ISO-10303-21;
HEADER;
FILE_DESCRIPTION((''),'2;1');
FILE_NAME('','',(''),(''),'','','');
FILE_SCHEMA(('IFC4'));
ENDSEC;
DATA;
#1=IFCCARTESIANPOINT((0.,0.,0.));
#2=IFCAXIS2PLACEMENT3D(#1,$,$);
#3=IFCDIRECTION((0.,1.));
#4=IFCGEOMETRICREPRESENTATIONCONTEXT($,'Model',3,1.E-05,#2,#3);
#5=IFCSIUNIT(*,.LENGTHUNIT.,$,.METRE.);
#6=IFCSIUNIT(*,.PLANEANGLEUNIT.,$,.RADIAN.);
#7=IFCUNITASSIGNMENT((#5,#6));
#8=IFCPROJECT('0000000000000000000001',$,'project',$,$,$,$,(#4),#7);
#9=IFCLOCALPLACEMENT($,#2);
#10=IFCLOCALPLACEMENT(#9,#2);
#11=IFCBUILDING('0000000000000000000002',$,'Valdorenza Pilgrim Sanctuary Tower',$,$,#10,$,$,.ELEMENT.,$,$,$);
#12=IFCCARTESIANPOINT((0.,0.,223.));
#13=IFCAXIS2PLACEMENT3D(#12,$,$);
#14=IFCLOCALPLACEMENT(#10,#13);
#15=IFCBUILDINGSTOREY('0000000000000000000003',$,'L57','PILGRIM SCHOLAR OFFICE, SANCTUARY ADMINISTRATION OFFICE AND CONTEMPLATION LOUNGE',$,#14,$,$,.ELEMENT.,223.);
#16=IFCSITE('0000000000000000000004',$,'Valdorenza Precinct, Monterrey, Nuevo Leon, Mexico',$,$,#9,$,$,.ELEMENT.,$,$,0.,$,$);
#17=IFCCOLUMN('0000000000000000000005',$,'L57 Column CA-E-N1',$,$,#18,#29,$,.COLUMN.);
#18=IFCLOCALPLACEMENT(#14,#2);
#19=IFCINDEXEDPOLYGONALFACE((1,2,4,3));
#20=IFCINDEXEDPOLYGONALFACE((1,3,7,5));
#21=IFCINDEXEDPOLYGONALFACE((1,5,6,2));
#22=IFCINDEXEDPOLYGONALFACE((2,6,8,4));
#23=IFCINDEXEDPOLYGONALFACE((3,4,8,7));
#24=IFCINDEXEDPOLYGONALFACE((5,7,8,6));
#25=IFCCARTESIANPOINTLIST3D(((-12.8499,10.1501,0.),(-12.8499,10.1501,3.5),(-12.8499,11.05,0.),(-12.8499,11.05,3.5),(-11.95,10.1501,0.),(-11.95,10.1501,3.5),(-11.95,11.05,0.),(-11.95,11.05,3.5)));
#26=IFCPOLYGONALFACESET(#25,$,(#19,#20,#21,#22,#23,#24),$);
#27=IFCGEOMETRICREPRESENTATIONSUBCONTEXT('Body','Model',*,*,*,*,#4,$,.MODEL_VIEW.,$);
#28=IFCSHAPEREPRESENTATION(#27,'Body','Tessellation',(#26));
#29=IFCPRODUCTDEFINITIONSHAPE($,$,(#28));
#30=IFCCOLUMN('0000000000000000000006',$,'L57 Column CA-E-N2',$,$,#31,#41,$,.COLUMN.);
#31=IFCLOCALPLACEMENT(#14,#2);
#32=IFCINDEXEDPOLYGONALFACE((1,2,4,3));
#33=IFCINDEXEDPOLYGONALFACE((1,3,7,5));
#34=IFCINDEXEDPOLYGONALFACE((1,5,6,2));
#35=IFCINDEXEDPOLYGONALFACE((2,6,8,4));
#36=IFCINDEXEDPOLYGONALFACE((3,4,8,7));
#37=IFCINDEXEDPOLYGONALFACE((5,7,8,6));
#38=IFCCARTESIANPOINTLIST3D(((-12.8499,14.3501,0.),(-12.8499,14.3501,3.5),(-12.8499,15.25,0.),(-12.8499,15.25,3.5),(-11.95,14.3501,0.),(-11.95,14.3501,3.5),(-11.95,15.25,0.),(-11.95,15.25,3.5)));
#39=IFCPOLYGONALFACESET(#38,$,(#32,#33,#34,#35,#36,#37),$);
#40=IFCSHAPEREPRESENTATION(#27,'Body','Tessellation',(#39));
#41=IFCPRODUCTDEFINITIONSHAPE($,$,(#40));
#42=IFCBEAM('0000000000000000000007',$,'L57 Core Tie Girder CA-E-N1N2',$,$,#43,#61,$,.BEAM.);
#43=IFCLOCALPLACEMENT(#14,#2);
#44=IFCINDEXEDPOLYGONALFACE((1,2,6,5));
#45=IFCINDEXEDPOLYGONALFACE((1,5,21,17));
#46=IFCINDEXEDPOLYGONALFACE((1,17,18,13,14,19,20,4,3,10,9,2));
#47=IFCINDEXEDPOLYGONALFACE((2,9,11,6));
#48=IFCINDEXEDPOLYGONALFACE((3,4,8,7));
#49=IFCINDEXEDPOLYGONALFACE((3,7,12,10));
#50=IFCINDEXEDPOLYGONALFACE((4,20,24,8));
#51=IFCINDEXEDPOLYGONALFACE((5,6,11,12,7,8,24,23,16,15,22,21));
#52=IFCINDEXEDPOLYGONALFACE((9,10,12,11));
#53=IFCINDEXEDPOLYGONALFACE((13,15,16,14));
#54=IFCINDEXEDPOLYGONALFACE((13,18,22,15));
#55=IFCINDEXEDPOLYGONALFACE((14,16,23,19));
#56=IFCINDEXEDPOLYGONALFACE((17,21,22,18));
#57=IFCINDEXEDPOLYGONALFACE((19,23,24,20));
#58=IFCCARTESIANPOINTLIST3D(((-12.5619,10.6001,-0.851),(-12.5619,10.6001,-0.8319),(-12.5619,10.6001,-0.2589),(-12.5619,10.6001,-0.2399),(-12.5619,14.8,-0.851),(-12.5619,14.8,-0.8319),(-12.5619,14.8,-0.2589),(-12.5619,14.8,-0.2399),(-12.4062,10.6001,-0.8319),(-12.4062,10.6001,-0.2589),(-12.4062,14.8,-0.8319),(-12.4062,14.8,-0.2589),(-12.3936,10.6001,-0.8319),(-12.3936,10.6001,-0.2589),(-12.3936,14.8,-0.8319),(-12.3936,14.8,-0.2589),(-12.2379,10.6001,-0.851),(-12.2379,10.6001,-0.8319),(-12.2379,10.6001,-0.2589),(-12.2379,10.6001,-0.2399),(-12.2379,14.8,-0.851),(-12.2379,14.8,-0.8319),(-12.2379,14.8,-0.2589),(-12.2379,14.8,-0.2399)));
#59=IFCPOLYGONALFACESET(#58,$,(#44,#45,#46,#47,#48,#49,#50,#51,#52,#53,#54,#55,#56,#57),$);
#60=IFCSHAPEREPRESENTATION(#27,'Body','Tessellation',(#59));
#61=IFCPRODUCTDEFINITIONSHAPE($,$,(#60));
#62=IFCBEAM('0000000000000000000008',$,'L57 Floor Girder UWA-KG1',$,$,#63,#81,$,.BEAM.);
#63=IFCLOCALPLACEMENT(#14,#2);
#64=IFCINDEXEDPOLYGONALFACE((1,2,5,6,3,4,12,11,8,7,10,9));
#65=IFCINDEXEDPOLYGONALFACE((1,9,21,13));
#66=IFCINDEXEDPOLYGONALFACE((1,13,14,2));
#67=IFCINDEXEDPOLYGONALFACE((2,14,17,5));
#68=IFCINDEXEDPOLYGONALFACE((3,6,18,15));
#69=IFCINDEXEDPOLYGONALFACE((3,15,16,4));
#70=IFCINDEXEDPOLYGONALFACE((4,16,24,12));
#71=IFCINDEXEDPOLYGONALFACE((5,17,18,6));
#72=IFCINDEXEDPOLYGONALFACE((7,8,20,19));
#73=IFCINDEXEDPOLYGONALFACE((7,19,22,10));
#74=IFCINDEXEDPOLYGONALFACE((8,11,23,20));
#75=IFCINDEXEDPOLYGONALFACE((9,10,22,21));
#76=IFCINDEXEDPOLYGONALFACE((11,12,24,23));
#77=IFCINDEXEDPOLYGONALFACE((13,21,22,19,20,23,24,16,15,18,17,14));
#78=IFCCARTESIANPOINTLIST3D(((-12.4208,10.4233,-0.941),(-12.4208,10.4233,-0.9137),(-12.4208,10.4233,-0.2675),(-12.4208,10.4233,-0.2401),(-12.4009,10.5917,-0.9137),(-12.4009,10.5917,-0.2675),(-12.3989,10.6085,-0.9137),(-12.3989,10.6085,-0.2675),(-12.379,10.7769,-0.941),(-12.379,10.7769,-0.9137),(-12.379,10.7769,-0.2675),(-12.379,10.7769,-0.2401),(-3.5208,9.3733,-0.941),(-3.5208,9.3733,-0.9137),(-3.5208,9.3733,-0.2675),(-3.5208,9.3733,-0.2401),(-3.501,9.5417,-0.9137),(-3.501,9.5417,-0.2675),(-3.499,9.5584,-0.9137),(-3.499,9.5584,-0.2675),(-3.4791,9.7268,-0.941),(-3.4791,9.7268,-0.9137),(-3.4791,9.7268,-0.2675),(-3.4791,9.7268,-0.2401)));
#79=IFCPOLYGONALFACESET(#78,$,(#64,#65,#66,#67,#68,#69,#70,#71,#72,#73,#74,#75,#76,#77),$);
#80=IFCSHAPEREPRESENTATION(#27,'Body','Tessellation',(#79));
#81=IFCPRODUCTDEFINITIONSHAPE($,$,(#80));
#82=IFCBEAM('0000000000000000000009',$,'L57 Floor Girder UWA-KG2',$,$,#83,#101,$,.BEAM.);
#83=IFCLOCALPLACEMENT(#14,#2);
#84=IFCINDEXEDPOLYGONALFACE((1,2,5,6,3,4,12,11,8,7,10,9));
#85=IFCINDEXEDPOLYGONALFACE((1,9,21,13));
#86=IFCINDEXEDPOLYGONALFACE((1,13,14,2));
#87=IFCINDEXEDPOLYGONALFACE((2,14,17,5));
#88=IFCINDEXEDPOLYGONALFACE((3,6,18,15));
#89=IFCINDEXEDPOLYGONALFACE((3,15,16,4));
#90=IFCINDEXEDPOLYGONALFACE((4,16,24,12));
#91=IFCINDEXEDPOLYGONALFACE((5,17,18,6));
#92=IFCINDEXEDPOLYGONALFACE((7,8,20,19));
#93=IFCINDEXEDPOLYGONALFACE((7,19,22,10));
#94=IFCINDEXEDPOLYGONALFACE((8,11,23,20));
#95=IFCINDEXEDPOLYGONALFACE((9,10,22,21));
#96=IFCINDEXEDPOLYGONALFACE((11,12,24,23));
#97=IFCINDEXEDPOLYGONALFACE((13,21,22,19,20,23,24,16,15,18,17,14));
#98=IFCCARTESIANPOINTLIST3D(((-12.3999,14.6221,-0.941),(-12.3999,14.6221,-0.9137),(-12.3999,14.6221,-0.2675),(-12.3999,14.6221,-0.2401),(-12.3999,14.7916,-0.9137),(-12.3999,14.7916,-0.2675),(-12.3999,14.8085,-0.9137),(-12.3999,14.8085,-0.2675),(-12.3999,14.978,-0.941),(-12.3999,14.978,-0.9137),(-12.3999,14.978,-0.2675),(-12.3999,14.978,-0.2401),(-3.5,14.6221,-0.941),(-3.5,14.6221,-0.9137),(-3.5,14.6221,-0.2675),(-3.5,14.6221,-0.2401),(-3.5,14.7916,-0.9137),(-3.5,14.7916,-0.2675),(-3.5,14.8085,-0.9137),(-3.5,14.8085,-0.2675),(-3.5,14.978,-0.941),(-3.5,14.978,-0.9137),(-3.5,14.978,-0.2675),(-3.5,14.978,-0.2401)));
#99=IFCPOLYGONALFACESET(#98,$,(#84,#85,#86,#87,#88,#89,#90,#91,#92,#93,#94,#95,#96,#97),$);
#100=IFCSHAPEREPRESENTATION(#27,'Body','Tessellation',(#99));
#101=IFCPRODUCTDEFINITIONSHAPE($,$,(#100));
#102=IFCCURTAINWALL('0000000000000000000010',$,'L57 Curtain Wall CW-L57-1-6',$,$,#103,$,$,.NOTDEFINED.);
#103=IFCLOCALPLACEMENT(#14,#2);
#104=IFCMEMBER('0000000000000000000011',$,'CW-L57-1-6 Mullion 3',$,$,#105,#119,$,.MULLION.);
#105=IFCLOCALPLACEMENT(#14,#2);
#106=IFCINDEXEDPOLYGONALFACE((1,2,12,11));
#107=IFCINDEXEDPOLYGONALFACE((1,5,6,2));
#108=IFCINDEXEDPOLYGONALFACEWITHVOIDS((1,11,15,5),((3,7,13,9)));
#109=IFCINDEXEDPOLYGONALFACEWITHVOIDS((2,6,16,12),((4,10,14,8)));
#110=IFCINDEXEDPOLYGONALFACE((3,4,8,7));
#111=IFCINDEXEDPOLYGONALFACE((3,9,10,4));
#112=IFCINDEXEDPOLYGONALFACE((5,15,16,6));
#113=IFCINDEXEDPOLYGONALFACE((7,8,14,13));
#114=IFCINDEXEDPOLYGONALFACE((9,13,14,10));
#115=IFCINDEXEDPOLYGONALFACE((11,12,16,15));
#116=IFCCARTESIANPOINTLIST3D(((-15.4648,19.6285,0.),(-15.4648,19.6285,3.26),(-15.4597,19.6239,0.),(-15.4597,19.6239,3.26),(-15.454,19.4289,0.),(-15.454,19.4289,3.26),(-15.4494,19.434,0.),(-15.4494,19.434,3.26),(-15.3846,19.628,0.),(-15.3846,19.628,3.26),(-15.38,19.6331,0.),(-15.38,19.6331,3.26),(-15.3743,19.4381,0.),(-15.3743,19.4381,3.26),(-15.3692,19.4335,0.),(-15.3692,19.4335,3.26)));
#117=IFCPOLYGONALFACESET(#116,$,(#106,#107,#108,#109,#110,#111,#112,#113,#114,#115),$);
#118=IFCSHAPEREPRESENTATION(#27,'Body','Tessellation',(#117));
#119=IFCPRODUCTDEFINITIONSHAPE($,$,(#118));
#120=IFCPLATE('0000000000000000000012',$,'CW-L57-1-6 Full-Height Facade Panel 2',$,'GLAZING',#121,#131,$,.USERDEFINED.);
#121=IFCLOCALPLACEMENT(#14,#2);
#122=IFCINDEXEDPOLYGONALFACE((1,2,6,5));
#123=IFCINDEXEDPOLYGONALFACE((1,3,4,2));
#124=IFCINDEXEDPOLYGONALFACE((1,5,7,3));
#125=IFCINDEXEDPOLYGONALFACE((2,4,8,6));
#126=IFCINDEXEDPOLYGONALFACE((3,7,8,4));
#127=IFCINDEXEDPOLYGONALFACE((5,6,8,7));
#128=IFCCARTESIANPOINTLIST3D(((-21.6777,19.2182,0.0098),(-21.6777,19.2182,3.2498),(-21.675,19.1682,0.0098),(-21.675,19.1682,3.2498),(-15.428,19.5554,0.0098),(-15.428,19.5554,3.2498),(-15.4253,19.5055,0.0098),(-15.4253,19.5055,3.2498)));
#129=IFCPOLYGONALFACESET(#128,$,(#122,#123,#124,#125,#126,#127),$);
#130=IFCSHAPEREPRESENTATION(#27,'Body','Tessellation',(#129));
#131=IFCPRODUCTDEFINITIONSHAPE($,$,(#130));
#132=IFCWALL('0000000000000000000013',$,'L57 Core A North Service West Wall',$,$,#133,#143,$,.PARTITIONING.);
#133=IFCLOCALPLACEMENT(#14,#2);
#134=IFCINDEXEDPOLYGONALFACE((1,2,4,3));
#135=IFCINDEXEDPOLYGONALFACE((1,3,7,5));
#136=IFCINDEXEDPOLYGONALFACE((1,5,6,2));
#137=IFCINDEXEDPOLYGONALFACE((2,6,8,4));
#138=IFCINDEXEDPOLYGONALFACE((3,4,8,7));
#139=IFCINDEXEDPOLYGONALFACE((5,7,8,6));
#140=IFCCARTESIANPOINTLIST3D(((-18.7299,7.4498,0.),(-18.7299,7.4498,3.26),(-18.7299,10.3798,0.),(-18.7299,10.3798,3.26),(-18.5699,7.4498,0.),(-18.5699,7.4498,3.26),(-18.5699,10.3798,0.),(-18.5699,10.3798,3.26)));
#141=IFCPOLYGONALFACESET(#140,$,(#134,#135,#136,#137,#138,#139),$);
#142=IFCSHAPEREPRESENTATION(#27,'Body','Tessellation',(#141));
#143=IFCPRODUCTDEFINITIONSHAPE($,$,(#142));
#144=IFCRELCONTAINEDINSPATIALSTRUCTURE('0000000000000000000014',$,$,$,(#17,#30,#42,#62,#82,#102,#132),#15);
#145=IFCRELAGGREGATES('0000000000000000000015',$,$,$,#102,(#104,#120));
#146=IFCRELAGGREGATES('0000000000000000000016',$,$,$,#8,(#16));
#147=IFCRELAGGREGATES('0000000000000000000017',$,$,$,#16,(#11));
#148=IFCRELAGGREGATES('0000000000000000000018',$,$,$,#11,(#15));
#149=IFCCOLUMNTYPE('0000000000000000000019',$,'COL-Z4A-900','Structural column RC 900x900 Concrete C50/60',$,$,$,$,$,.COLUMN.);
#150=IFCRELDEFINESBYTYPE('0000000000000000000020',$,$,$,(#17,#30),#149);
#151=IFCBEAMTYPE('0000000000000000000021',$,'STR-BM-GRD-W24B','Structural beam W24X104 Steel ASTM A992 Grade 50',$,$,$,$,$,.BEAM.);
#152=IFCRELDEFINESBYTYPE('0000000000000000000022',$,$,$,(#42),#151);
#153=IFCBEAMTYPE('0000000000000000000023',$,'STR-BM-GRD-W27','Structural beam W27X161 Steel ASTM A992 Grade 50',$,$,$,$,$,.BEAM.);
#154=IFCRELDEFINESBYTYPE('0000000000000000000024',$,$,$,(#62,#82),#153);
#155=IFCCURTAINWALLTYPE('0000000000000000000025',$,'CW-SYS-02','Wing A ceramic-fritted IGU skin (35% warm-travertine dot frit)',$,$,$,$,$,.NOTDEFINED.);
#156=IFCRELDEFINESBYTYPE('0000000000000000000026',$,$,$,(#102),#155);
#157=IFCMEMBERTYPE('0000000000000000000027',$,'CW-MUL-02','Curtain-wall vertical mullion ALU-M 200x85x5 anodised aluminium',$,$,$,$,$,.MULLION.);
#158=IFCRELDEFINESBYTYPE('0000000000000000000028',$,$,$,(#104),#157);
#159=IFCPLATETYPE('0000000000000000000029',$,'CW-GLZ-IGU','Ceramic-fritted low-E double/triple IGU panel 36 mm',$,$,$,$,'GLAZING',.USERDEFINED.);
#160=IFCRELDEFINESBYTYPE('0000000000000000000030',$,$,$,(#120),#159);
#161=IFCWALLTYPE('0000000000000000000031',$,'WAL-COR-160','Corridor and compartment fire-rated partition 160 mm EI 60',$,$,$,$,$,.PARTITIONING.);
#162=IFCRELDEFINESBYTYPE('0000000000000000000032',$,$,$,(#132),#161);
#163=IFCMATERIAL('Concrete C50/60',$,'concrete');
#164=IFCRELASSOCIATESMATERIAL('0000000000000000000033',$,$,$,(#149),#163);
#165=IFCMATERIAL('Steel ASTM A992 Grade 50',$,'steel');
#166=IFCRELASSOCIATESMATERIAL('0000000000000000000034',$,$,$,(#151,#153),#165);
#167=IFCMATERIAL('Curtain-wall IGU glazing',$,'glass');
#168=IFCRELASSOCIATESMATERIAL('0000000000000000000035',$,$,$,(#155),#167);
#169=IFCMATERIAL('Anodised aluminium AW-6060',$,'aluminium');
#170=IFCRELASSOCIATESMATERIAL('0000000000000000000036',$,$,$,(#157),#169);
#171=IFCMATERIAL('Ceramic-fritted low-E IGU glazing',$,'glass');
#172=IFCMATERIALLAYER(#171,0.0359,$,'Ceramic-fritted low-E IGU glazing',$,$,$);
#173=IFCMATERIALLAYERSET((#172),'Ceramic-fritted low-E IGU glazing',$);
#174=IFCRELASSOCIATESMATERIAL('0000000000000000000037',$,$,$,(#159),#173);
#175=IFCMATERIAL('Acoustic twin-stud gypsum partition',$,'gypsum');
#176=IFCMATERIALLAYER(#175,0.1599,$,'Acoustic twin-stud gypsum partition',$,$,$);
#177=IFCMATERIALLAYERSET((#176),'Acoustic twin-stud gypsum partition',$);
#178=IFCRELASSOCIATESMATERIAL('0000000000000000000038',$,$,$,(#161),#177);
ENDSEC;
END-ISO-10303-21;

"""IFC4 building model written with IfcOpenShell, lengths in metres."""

from ifc_helpers import new_model, si_unit, direction, frame, frame_2d, origin, origin_2d, place, context, subcontext, project, spatial, rectangle, hollow_rectangle, i_section, extrude, source, transform, mapped, material, layer, layer_set, material_profile, profile_set, type_object, element, aggregate, save


model = new_model("IFC4")

# Units and contexts
model_context = context("Model", 3, precision=1e-05, world=origin(), true_north=direction((0.0, 1.0)))
body_context = subcontext(model_context, "Body", "Model", "MODEL_VIEW")
ifc_project = project(units=[si_unit("LENGTHUNIT", "METRE"), si_unit("PLANEANGLEUNIT", "RADIAN")], contexts=[model_context])

# Site, building, storey
site_placement = place(None, origin())
site = spatial("IfcSite", under=ifc_project, at=site_placement, Name="Valdorenza Precinct, Monterrey, Nuevo Leon, Mexico", CompositionType="ELEMENT", RefElevation=0.0)
building_placement = place(site_placement, origin())
building = spatial("IfcBuilding", under=site, at=building_placement, Name="Valdorenza Pilgrim Sanctuary Tower", CompositionType="ELEMENT")
storey_placement = place(building_placement, frame((0.0, 0.0, 223.0)))
storey = spatial("IfcBuildingStorey", under=building, at=storey_placement, Name="L57", Description="PILGRIM SCHOLAR OFFICE, SANCTUARY ADMINISTRATION OFFICE AND CONTEMPLATION LOUNGE", CompositionType="ELEMENT", Elevation=223.0)

# Columns
ifc_material_1 = material(Name="Concrete C50/60", Category="concrete")
ifc_material_profile_1 = material_profile(ifc_material_1, rectangle(XDim=0.8999, YDim=0.8999, at=origin_2d()), Name="RC 900x900")
ifc_profile_set_1 = profile_set([ifc_material_profile_1], Name="Concrete C50/60")
column_type = type_object("IfcColumnType", Name="COL-Z4A-900", Description="Structural column RC 900x900 Concrete C50/60", PredefinedType="COLUMN", material=ifc_profile_set_1)
shared_shape_1 = source(origin(), body_context, "Body", "SweptSolid", [
    extrude(rectangle(XDim=0.8999, YDim=0.8999, at=origin_2d()), origin(), (0.0, 0.0, 1.0), 3.5),
])
for number, where, z_axis, x_axis, name in (
    (1, (-12.3999, 10.6001, 0.0), (0.0, 0.0, 1.0), (1.0, 0.0, 0.0), "L57 Column CA-E-N1"),
    (2, (-12.3999, 14.8, 0.0), (0.0, 0.0, 1.0), (1.0, 0.0, 0.0), "L57 Column CA-E-N2"),
):
    element("IfcColumn", number, at=place(storey_placement, frame(where, z_axis=z_axis, x_axis=x_axis)), inside=storey, type_object=column_type, Name=name, PredefinedType="COLUMN", context=body_context, shape_type="MappedRepresentation", body=[
        mapped(shared_shape_1, transform((0.0, 0.0, 0.0), x_axis=(1.0, 0.0, 0.0), y_axis=(0.0, 1.0, 0.0), z_axis=(0.0, 0.0, 1.0), scale=1.0)),
    ])

# Beams
ifc_material_2 = material(Name="Steel ASTM A992 Grade 50", Category="steel")
ifc_material_profile_2 = material_profile(ifc_material_2, i_section(OverallWidth=0.324, OverallDepth=0.6111, WebThickness=0.0127, FlangeThickness=0.019, at=origin_2d()), Name="W24X104")
ifc_profile_set_2 = profile_set([ifc_material_profile_2], Name="Steel ASTM A992 Grade 50")
beam_type_1 = type_object("IfcBeamType", Name="STR-BM-GRD-W24B", Description="Structural beam W24X104 Steel ASTM A992 Grade 50", PredefinedType="BEAM", material=ifc_profile_set_2)
shared_shape_2 = source(origin(), body_context, "Body", "SweptSolid", [
    extrude(i_section(OverallWidth=0.324, OverallDepth=0.6111, WebThickness=0.0127, FlangeThickness=0.019, at=origin_2d()), origin(), (0.0, 0.0, 1.0), 4.2),
])
beam_1_placement = place(storey_placement, frame((-12.3999, 10.6001, -0.5454), z_axis=(0.0, 1.0, 0.0), x_axis=(-1.0, 0.0, 0.0)))
element("IfcBeam", 3, at=beam_1_placement, inside=storey, type_object=beam_type_1, Name="L57 Core Tie Girder CA-E-N1N2", PredefinedType="BEAM", context=body_context, shape_type="MappedRepresentation", body=[
    mapped(shared_shape_2, transform((0.0, 0.0, 0.0), x_axis=(1.0, 0.0, 0.0), y_axis=(0.0, 1.0, 0.0), z_axis=(0.0, 0.0, 1.0), scale=1.0)),
])
ifc_material_profile_3 = material_profile(ifc_material_2, i_section(OverallWidth=0.356, OverallDepth=0.7009, WebThickness=0.0168, FlangeThickness=0.0273, at=origin_2d()), Name="W27X161")
ifc_profile_set_3 = profile_set([ifc_material_profile_3], Name="Steel ASTM A992 Grade 50")
beam_type_2 = type_object("IfcBeamType", Name="STR-BM-GRD-W27", Description="Structural beam W27X161 Steel ASTM A992 Grade 50", PredefinedType="BEAM", material=ifc_profile_set_3)
shared_shape_3 = source(origin(), body_context, "Body", "SweptSolid", [
    extrude(i_section(OverallWidth=0.356, OverallDepth=0.7009, WebThickness=0.0168, FlangeThickness=0.0273, at=origin_2d()), origin(), (0.0, 0.0, 1.0), 8.9617),
])
beam_2_placement = place(storey_placement, frame((-12.3999, 10.6001, -0.5906), z_axis=(0.993112, -0.117172, 0.0), x_axis=(0.117172, 0.993112, 0.0)))
element("IfcBeam", 4, at=beam_2_placement, inside=storey, type_object=beam_type_2, Name="L57 Floor Girder UWA-KG1", PredefinedType="BEAM", context=body_context, shape_type="MappedRepresentation", body=[
    mapped(shared_shape_3, transform((0.0, 0.0, 0.0), x_axis=(1.0, 0.0, 0.0), y_axis=(0.0, 1.0, 0.0), z_axis=(0.0, 0.0, 1.0), scale=1.0)),
])
shared_shape_4 = source(origin(), body_context, "Body", "SweptSolid", [
    extrude(i_section(OverallWidth=0.356, OverallDepth=0.7009, WebThickness=0.0168, FlangeThickness=0.0273, at=origin_2d()), origin(), (0.0, 0.0, 1.0), 8.8999),
])
beam_3_placement = place(storey_placement, frame((-12.3999, 14.8, -0.5906), z_axis=(1.0, 0.0, 0.0), x_axis=(0.0, 1.0, 0.0)))
element("IfcBeam", 5, at=beam_3_placement, inside=storey, type_object=beam_type_2, Name="L57 Floor Girder UWA-KG2", PredefinedType="BEAM", context=body_context, shape_type="MappedRepresentation", body=[
    mapped(shared_shape_4, transform((0.0, 0.0, 0.0), x_axis=(1.0, 0.0, 0.0), y_axis=(0.0, 1.0, 0.0), z_axis=(0.0, 0.0, 1.0), scale=1.0)),
])

# Curtain wall, member, plate
ifc_material_3 = material(Name="Curtain-wall IGU glazing", Category="glass")
curtain_wall_type = type_object("IfcCurtainWallType", Name="CW-SYS-02", Description="Wing A ceramic-fritted IGU skin (35% warm-travertine dot frit)", PredefinedType="NOTDEFINED", material=ifc_material_3)
curtain_wall_placement = place(storey_placement, origin())
curtain_wall = element("IfcCurtainWall", 6, at=curtain_wall_placement, inside=storey, type_object=curtain_wall_type, Name="L57 Curtain Wall CW-L57-1-6", PredefinedType="NOTDEFINED")
ifc_material_4 = material(Name="Anodised aluminium AW-6060", Category="aluminium")
ifc_material_profile_4 = material_profile(ifc_material_4, hollow_rectangle(XDim=0.085, YDim=0.2, WallThickness=0.0049, at=origin_2d()), Name="ALU-M 200x85x5")
ifc_profile_set_4 = profile_set([ifc_material_profile_4], Name="Anodised aluminium AW-6060")
member_type = type_object("IfcMemberType", Name="CW-MUL-02", Description="Curtain-wall vertical mullion ALU-M 200x85x5 anodised aluminium", PredefinedType="MULLION", material=ifc_profile_set_4)
shared_shape_5 = source(origin(), body_context, "Body", "SweptSolid", [
    extrude(hollow_rectangle(XDim=0.085, YDim=0.2, WallThickness=0.0049, at=origin_2d()), origin(), (0.0, 0.0, 1.0), 3.26),
])
member_placement = place(storey_placement, frame((-15.417, 19.531, 0.0), z_axis=(0.0, 0.0, 1.0), x_axis=(0.998547, 0.053887, 0.0)))
member = element("IfcMember", 7, at=member_placement, type_object=member_type, Name="CW-L57-1-6 Mullion 3", PredefinedType="MULLION", context=body_context, shape_type="MappedRepresentation", body=[
    mapped(shared_shape_5, transform((0.0, 0.0, 0.0), x_axis=(1.0, 0.0, 0.0), y_axis=(0.0, 1.0, 0.0), z_axis=(0.0, 0.0, 1.0), scale=1.0)),
])
ifc_material_5 = material(Name="Ceramic-fritted low-E IGU glazing", Category="glass")
ifc_layer_1 = layer(ifc_material_5, 0.0359, Name="Ceramic-fritted low-E IGU glazing")
ifc_layer_set_1 = layer_set([ifc_layer_1], Name="Ceramic-fritted low-E IGU glazing")
plate_type = type_object("IfcPlateType", Name="CW-GLZ-IGU", Description="Ceramic-fritted low-E double/triple IGU panel 36 mm", ElementType="GLAZING", PredefinedType="USERDEFINED", material=ifc_layer_set_1)
shared_shape_6 = source(origin(), body_context, "Body", "SweptSolid", [
    extrude(rectangle(XDim=6.2588, YDim=0.05, at=origin_2d()), origin(), (0.0, 0.0, 1.0), 3.24),
])
plate_placement = place(storey_placement, frame((-18.5515, 19.3618, 0.0098), z_axis=(0.0, 0.0, 1.0), x_axis=(0.998547, 0.053887, 0.0)))
plate = element("IfcPlate", 8, at=plate_placement, type_object=plate_type, Name="CW-L57-1-6 Full-Height Facade Panel 2", ObjectType="GLAZING", PredefinedType="USERDEFINED", context=body_context, shape_type="MappedRepresentation", body=[
    mapped(shared_shape_6, transform((0.0, 0.0, 0.0), x_axis=(1.0, 0.0, 0.0), y_axis=(0.0, 1.0, 0.0), z_axis=(0.0, 0.0, 1.0), scale=1.0)),
])
aggregate(curtain_wall, [member, plate])

# Wall
ifc_material_6 = material(Name="Acoustic twin-stud gypsum partition", Category="gypsum")
ifc_layer_2 = layer(ifc_material_6, 0.1599, Name="Acoustic twin-stud gypsum partition")
ifc_layer_set_2 = layer_set([ifc_layer_2], Name="Acoustic twin-stud gypsum partition")
wall_type_1 = type_object("IfcWallType", Name="WAL-COR-160", Description="Corridor and compartment fire-rated partition 160 mm EI 60", PredefinedType="PARTITIONING", material=ifc_layer_set_2)
wall_1_placement = place(storey_placement, frame((-18.6499, 7.45, 0.0), z_axis=(0.0, 0.0, 1.0), x_axis=(0.0, 1.0, 0.0)))
element("IfcWall", 9, at=wall_1_placement, inside=storey, type_object=wall_type_1, Name="L57 Core A North Service West Wall", PredefinedType="PARTITIONING", context=body_context, shape_type="SweptSolid", body=[
    extrude(rectangle(XDim=2.9299, YDim=0.1599, at=frame_2d((1.4648, 0.0))), origin(), (0.0, 0.0, 1.0), 3.26),
])

save(model, "model.ifc")
